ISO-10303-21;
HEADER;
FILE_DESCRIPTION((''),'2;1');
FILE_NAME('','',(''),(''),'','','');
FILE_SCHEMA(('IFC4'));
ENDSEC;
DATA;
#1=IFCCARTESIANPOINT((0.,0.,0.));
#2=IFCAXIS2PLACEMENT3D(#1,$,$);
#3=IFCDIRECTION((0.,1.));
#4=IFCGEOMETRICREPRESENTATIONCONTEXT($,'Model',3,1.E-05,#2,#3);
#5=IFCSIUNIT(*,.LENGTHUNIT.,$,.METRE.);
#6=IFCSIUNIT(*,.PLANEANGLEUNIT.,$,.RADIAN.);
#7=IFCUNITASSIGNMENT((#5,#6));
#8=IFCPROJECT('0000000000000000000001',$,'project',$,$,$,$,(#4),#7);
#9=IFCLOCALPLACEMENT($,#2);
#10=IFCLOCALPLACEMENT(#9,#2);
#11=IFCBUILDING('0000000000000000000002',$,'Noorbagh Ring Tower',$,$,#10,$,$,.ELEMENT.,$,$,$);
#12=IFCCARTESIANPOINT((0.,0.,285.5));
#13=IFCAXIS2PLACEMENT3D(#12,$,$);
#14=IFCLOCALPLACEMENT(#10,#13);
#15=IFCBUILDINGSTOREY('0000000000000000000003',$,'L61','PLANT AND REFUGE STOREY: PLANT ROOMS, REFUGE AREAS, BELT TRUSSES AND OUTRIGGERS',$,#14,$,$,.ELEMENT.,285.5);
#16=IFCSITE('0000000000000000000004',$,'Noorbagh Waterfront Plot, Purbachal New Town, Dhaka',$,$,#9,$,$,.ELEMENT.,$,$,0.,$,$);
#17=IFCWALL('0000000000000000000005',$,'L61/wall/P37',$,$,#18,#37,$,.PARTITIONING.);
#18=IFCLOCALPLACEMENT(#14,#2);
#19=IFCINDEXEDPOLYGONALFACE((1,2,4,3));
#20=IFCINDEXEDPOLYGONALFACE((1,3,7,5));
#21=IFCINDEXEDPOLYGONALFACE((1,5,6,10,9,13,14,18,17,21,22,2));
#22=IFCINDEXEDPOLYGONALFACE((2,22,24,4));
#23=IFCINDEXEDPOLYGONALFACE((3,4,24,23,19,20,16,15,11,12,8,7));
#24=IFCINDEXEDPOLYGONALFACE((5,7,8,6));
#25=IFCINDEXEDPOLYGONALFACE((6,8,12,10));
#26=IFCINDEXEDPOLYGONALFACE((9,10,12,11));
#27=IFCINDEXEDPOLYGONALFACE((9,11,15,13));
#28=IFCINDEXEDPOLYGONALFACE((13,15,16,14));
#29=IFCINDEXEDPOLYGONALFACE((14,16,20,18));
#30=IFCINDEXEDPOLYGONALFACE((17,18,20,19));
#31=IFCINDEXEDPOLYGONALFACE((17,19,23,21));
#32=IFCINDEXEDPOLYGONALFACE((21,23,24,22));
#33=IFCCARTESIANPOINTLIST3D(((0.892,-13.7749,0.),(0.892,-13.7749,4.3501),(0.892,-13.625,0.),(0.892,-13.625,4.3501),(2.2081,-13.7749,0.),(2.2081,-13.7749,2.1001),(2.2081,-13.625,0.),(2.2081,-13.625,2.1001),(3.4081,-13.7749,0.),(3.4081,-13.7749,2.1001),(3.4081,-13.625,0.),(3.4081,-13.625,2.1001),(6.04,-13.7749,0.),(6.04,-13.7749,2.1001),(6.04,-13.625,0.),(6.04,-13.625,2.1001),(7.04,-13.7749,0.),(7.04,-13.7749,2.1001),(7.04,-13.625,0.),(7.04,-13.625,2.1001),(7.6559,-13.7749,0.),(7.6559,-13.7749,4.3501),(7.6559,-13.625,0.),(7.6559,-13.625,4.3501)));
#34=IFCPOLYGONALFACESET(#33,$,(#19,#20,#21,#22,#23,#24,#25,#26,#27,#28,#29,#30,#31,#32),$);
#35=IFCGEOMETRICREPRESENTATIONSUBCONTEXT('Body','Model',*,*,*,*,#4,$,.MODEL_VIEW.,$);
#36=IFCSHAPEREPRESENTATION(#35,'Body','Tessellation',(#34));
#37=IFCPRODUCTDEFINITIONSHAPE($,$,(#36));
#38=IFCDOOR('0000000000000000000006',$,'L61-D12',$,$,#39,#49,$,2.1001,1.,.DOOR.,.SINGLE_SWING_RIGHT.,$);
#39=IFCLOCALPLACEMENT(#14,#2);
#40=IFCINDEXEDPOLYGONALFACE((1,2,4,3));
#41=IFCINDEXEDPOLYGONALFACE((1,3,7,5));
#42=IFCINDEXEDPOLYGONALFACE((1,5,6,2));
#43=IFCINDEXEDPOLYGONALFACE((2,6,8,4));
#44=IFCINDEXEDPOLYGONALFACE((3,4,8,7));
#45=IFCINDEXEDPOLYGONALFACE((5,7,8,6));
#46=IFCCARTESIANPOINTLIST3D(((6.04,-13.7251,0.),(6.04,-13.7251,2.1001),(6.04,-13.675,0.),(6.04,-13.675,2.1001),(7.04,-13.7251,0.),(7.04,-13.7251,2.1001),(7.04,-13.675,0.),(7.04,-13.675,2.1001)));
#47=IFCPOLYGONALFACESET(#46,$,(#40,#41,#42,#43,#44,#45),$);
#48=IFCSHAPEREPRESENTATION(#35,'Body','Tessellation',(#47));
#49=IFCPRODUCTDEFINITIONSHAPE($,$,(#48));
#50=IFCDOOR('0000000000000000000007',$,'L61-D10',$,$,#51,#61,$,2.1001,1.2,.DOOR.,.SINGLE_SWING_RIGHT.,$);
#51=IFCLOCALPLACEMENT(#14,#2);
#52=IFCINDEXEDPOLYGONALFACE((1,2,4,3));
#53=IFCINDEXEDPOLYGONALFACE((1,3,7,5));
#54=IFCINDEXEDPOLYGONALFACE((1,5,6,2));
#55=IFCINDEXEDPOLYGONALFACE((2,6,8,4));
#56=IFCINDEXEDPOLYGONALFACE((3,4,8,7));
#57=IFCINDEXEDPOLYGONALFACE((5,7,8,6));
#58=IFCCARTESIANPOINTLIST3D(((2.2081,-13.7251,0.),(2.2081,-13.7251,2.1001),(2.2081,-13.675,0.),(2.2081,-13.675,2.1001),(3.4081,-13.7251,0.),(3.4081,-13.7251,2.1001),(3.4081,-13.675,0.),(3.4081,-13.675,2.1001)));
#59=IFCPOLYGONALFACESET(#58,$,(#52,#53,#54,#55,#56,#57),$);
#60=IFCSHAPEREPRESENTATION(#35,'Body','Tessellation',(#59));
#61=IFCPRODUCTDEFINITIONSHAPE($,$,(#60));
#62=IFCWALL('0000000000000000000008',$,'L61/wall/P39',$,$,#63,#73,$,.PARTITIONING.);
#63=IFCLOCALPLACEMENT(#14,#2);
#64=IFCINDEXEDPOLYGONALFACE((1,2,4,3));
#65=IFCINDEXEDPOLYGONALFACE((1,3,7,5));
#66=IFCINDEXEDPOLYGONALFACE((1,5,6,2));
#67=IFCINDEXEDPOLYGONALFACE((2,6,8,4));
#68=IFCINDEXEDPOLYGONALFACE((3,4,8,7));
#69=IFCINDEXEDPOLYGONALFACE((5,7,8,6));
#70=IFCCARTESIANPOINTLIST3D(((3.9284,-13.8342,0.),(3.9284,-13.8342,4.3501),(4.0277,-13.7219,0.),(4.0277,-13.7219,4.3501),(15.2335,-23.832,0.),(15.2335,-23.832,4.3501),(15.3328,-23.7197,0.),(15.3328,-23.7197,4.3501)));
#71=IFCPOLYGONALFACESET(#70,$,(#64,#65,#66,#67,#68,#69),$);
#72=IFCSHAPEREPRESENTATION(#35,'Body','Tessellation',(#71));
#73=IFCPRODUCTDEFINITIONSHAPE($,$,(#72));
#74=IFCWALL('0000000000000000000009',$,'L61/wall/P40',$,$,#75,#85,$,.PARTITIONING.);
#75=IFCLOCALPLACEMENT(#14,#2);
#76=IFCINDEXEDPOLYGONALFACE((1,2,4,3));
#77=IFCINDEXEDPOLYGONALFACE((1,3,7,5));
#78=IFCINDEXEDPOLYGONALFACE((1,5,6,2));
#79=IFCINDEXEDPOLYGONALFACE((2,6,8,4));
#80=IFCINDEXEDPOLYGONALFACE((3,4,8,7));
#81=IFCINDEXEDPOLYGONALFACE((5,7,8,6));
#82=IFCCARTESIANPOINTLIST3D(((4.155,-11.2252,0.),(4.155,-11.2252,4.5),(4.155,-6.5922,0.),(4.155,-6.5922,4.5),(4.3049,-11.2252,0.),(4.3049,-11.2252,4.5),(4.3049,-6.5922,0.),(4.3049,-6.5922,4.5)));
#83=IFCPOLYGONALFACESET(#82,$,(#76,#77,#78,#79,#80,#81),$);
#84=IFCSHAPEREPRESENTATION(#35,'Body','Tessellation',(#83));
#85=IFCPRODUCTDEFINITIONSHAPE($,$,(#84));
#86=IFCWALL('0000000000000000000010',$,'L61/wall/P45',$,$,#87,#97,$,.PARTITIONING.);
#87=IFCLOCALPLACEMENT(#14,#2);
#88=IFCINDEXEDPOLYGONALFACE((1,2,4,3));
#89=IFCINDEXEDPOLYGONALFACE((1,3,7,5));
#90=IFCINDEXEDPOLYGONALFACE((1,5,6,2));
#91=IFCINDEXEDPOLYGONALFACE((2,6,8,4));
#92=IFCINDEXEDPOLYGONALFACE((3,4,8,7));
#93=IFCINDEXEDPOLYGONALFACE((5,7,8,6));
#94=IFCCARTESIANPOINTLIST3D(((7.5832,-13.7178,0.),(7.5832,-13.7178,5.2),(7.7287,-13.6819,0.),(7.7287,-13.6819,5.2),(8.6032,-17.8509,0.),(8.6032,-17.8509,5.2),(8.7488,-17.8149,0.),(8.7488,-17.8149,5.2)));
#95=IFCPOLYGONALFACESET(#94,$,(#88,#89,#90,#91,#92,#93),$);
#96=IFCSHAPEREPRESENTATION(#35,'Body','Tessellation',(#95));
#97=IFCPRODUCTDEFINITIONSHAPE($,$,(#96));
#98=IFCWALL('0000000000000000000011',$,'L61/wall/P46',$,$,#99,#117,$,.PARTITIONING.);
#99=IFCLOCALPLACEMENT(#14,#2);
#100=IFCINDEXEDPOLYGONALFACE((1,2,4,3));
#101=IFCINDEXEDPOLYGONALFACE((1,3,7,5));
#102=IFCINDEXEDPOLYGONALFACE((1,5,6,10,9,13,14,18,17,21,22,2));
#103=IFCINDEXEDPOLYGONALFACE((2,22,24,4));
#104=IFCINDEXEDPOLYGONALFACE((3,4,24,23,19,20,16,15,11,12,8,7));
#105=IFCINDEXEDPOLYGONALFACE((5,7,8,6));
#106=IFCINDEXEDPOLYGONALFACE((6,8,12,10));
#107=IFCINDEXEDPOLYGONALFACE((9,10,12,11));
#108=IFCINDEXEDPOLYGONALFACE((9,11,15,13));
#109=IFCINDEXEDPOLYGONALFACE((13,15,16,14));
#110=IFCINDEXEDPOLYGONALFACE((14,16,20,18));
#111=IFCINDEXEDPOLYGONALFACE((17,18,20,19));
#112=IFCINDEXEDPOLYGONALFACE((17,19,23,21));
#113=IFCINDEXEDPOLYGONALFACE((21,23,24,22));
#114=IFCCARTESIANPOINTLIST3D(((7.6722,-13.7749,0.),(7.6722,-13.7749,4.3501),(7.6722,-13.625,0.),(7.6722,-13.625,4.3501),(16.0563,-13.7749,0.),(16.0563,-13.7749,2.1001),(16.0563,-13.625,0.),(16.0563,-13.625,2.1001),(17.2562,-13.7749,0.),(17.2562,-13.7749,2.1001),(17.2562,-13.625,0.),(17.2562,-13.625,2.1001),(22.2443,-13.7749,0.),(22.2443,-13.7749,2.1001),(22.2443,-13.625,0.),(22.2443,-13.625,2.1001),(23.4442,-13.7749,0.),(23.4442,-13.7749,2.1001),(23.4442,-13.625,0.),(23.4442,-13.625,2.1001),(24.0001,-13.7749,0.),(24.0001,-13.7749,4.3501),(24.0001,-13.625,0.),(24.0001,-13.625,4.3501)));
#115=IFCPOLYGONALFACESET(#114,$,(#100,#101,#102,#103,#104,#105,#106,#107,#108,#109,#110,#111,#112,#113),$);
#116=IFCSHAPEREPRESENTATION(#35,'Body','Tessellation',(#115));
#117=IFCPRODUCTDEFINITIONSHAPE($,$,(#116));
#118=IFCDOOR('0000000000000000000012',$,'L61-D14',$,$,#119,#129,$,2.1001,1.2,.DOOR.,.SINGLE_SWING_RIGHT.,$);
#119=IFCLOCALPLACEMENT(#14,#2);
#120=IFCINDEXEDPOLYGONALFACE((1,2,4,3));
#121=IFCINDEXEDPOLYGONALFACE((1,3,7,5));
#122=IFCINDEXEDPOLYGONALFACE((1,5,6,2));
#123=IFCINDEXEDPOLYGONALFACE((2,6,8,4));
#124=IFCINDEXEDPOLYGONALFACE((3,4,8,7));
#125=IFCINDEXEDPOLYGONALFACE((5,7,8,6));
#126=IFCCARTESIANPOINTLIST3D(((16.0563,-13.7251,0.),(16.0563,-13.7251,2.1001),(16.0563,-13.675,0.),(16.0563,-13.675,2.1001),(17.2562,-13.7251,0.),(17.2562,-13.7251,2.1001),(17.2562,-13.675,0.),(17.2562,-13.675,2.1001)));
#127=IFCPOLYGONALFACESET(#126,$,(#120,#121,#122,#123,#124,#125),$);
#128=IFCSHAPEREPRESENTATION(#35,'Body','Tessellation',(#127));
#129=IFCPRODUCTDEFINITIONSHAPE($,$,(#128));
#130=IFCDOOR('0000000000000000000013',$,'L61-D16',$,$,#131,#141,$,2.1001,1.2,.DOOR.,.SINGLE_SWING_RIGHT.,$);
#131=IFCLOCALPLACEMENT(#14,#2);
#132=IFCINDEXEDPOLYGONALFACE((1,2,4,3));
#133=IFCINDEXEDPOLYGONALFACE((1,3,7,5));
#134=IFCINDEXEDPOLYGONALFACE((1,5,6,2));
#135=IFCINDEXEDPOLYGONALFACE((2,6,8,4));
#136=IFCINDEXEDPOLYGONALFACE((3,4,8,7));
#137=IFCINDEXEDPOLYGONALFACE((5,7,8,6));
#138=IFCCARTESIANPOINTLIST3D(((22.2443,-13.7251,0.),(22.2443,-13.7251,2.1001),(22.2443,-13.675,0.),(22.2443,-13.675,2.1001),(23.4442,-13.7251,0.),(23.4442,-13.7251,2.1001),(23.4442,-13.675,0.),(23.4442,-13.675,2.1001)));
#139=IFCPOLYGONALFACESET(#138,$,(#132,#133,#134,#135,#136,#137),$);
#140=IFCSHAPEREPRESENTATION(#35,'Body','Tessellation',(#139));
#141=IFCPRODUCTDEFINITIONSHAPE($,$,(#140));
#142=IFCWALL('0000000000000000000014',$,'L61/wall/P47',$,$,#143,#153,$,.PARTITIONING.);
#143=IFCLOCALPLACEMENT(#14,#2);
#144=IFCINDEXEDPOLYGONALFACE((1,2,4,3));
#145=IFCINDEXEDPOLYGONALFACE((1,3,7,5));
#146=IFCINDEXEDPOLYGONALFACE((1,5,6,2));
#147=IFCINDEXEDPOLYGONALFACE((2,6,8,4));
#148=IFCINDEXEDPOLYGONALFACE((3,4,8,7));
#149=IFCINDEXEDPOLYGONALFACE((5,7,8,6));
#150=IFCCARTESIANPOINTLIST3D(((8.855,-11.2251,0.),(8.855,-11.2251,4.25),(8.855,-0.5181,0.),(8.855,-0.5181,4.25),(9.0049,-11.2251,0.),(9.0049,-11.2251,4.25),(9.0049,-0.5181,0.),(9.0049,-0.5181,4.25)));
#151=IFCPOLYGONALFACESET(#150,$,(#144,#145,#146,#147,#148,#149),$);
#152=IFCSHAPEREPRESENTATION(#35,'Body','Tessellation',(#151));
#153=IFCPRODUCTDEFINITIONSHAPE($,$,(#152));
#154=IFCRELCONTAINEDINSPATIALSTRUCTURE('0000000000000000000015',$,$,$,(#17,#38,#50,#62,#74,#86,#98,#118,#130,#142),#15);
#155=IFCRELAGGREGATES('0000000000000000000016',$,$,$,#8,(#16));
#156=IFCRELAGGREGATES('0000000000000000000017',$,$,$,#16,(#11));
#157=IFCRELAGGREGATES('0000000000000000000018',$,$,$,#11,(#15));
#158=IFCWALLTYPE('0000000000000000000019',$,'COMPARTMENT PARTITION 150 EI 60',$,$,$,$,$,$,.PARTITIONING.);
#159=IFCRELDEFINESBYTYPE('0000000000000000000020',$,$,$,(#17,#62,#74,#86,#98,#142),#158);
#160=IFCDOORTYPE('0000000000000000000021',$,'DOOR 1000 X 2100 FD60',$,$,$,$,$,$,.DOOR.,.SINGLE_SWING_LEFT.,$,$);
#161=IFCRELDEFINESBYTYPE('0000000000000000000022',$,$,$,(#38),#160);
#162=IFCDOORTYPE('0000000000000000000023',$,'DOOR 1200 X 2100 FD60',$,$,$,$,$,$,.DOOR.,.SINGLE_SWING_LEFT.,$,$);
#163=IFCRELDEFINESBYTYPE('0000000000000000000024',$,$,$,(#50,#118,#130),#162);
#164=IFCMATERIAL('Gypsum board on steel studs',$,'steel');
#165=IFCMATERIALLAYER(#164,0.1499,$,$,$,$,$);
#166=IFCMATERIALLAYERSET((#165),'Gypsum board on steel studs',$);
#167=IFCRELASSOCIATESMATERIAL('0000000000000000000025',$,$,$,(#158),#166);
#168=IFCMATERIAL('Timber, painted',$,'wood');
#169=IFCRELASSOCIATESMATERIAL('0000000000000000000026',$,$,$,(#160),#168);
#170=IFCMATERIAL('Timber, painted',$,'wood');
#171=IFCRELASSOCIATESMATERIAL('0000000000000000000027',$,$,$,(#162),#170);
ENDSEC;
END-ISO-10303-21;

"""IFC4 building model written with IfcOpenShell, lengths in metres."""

from ifc_helpers import new_model, si_unit, direction, frame, frame_2d, origin, place, context, subcontext, project, spatial, rectangle, extrude, material, layer, layer_set, type_object, element, fill, save


model = new_model("IFC4")

# Units and contexts
model_context = context("Model", 3, precision=1e-05, world=origin(), true_north=direction((0.0, 1.0)))
body_context = subcontext(model_context, "Body", "Model", "MODEL_VIEW")
ifc_project = project(units=[si_unit("LENGTHUNIT", "METRE"), si_unit("PLANEANGLEUNIT", "RADIAN")], contexts=[model_context])

# Site, building, storey
site_placement = place(None, origin())
site = spatial("IfcSite", under=ifc_project, at=site_placement, Name="Noorbagh Waterfront Plot, Purbachal New Town, Dhaka", CompositionType="ELEMENT", RefElevation=0.0)
building_placement = place(site_placement, origin())
building = spatial("IfcBuilding", under=site, at=building_placement, Name="Noorbagh Ring Tower", CompositionType="ELEMENT")
storey_placement = place(building_placement, frame((0.0, 0.0, 285.5)))
storey = spatial("IfcBuildingStorey", under=building, at=storey_placement, Name="L61", Description="PLANT AND REFUGE STOREY: PLANT ROOMS, REFUGE AREAS, BELT TRUSSES AND OUTRIGGERS", CompositionType="ELEMENT", Elevation=285.5)

# Shared definitions
ifc_material_1 = material(Name="Gypsum board on steel studs", Category="steel")
ifc_layer = layer(ifc_material_1, 0.1499)
ifc_layer_set = layer_set([ifc_layer], Name="Gypsum board on steel studs")
wall_type = type_object("IfcWallType", Name="COMPARTMENT PARTITION 150 EI 60", PredefinedType="PARTITIONING", material=ifc_layer_set)

# Wall, openings, doors
wall_1_placement = place(storey_placement, frame((0.8921, -13.7, 0.0), z_axis=(0.0, 0.0, 1.0), x_axis=(1.0, 0.0, 0.0)))
wall_1 = element("IfcWall", 1, at=wall_1_placement, inside=storey, type_object=wall_type, Name="L61/wall/P37", PredefinedType="PARTITIONING", context=body_context, shape_type="SweptSolid", body=[
    extrude(rectangle(XDim=6.7639, YDim=0.1499, at=frame_2d((3.3818, 0.0))), origin(), (0.0, 0.0, 1.0), 4.3501),
])
opening_1_placement = place(wall_1_placement, frame((1.3159, 0.0, 0.0)))
opening_1 = element("IfcOpeningElement", 2, at=opening_1_placement, cuts=wall_1, PredefinedType="OPENING", context=body_context, shape_type="SweptSolid", body=[
    extrude(rectangle(XDim=1.2, YDim=2.1001, at=frame_2d((0.6001, 1.05))), frame((0.0, 0.085, 0.0), z_axis=(0.0, -1.0, 0.0), x_axis=(1.0, 0.0, 0.0)), (0.0, 0.0, 1.0), 0.1699),
])
opening_2_placement = place(wall_1_placement, frame((5.1479, 0.0, 0.0)))
opening_2 = element("IfcOpeningElement", 3, at=opening_2_placement, cuts=wall_1, PredefinedType="OPENING", context=body_context, shape_type="SweptSolid", body=[
    extrude(rectangle(XDim=1.0, YDim=2.1001, at=frame_2d((0.5, 1.05))), frame((0.0, 0.085, 0.0), z_axis=(0.0, -1.0, 0.0), x_axis=(1.0, 0.0, 0.0)), (0.0, 0.0, 1.0), 0.1699),
])
ifc_material_2 = material(Name="Timber, painted", Category="wood")
door_type_1 = type_object("IfcDoorType", Name="DOOR 1000 X 2100 FD60", OperationType="SINGLE_SWING_LEFT", PredefinedType="DOOR", material=ifc_material_2)
door_1_placement = place(opening_2_placement, origin())
door_1 = element("IfcDoor", 4, at=door_1_placement, inside=storey, type_object=door_type_1, Name="L61-D12", OperationType="SINGLE_SWING_RIGHT", OverallHeight=2.1001, OverallWidth=1.0, PredefinedType="DOOR", context=body_context, shape_type="SweptSolid", body=[
    extrude(rectangle(XDim=1.0, YDim=2.1001, at=frame_2d((0.5, 1.05))), frame((0.0, 0.0249, 0.0), z_axis=(0.0, -1.0, 0.0), x_axis=(1.0, 0.0, 0.0)), (0.0, 0.0, 1.0), 0.05),
])
fill(opening_2, door_1)
ifc_material_3 = material(Name="Timber, painted", Category="wood")
door_type_2 = type_object("IfcDoorType", Name="DOOR 1200 X 2100 FD60", OperationType="SINGLE_SWING_LEFT", PredefinedType="DOOR", material=ifc_material_3)
door_2_placement = place(opening_1_placement, origin())
door_2 = element("IfcDoor", 5, at=door_2_placement, inside=storey, type_object=door_type_2, Name="L61-D10", OperationType="SINGLE_SWING_RIGHT", OverallHeight=2.1001, OverallWidth=1.2, PredefinedType="DOOR", context=body_context, shape_type="SweptSolid", body=[
    extrude(rectangle(XDim=1.2, YDim=2.1001, at=frame_2d((0.6001, 1.05))), frame((0.0, 0.0249, 0.0), z_axis=(0.0, -1.0, 0.0), x_axis=(1.0, 0.0, 0.0)), (0.0, 0.0, 1.0), 0.05),
])
fill(opening_1, door_2)

# Walls
wall_2_placement = place(storey_placement, frame((3.978, -13.7781, 0.0), z_axis=(0.0, 0.0, 1.0), x_axis=(0.749093, -0.662465, 0.0)))
element("IfcWall", 6, at=wall_2_placement, inside=storey, type_object=wall_type, Name="L61/wall/P39", PredefinedType="PARTITIONING", context=body_context, shape_type="SweptSolid", body=[
    extrude(rectangle(XDim=15.0918, YDim=0.1499, at=frame_2d((7.5459, 0.0))), origin(), (0.0, 0.0, 1.0), 4.3501),
])
wall_3_placement = place(storey_placement, frame((4.23, -11.2251, 0.0), z_axis=(0.0, 0.0, 1.0), x_axis=(0.0, 1.0, 0.0)))
element("IfcWall", 7, at=wall_3_placement, inside=storey, type_object=wall_type, Name="L61/wall/P40", PredefinedType="PARTITIONING", context=body_context, shape_type="SweptSolid", body=[
    extrude(rectangle(XDim=4.6331, YDim=0.1499, at=frame_2d((2.3164, 0.0))), origin(), (0.0, 0.0, 1.0), 4.5),
])
wall_4_placement = place(storey_placement, frame((7.656, -13.7, 0.0), z_axis=(0.0, 0.0, 1.0), x_axis=(0.239606, -0.97087, 0.0)))
element("IfcWall", 8, at=wall_4_placement, inside=storey, type_object=wall_type, Name="L61/wall/P45", PredefinedType="PARTITIONING", context=body_context, shape_type="SweptSolid", body=[
    extrude(rectangle(XDim=4.2571, YDim=0.1499, at=frame_2d((2.1284, 0.0))), origin(), (0.0, 0.0, 1.0), 5.2),
])

# Wall, openings, doors
wall_5_placement = place(storey_placement, frame((7.6721, -13.7, 0.0), z_axis=(0.0, 0.0, 1.0), x_axis=(1.0, 0.0, 0.0)))
wall_5 = element("IfcWall", 9, at=wall_5_placement, inside=storey, type_object=wall_type, Name="L61/wall/P46", PredefinedType="PARTITIONING", context=body_context, shape_type="SweptSolid", body=[
    extrude(rectangle(XDim=16.3279, YDim=0.1499, at=frame_2d((8.1641, 0.0))), origin(), (0.0, 0.0, 1.0), 4.3501),
])
opening_3_placement = place(wall_5_placement, frame((8.384, 0.0, 0.0)))
opening_3 = element("IfcOpeningElement", 10, at=opening_3_placement, cuts=wall_5, PredefinedType="OPENING", context=body_context, shape_type="SweptSolid", body=[
    extrude(rectangle(XDim=1.2, YDim=2.1001, at=frame_2d((0.6001, 1.05))), frame((0.0, 0.085, 0.0), z_axis=(0.0, -1.0, 0.0), x_axis=(1.0, 0.0, 0.0)), (0.0, 0.0, 1.0), 0.1699),
])
opening_4_placement = place(wall_5_placement, frame((14.572, 0.0, 0.0)))
opening_4 = element("IfcOpeningElement", 11, at=opening_4_placement, cuts=wall_5, PredefinedType="OPENING", context=body_context, shape_type="SweptSolid", body=[
    extrude(rectangle(XDim=1.2, YDim=2.1001, at=frame_2d((0.6001, 1.05))), frame((0.0, 0.085, 0.0), z_axis=(0.0, -1.0, 0.0), x_axis=(1.0, 0.0, 0.0)), (0.0, 0.0, 1.0), 0.1699),
])
door_3_placement = place(opening_3_placement, origin())
door_3 = element("IfcDoor", 12, at=door_3_placement, inside=storey, type_object=door_type_2, Name="L61-D14", OperationType="SINGLE_SWING_RIGHT", OverallHeight=2.1001, OverallWidth=1.2, PredefinedType="DOOR", context=body_context, shape_type="SweptSolid", body=[
    extrude(rectangle(XDim=1.2, YDim=2.1001, at=frame_2d((0.6001, 1.05))), frame((0.0, 0.0249, 0.0), z_axis=(0.0, -1.0, 0.0), x_axis=(1.0, 0.0, 0.0)), (0.0, 0.0, 1.0), 0.05),
])
fill(opening_3, door_3)
door_4_placement = place(opening_4_placement, origin())
door_4 = element("IfcDoor", 13, at=door_4_placement, inside=storey, type_object=door_type_2, Name="L61-D16", OperationType="SINGLE_SWING_RIGHT", OverallHeight=2.1001, OverallWidth=1.2, PredefinedType="DOOR", context=body_context, shape_type="SweptSolid", body=[
    extrude(rectangle(XDim=1.2, YDim=2.1001, at=frame_2d((0.6001, 1.05))), frame((0.0, 0.0249, 0.0), z_axis=(0.0, -1.0, 0.0), x_axis=(1.0, 0.0, 0.0)), (0.0, 0.0, 1.0), 0.05),
])
fill(opening_4, door_4)

# Wall
wall_6_placement = place(storey_placement, frame((8.9299, -11.2251, 0.0), z_axis=(0.0, 0.0, 1.0), x_axis=(0.0, 1.0, 0.0)))
element("IfcWall", 14, at=wall_6_placement, inside=storey, type_object=wall_type, Name="L61/wall/P47", PredefinedType="PARTITIONING", context=body_context, shape_type="SweptSolid", body=[
    extrude(rectangle(XDim=10.707, YDim=0.1499, at=frame_2d((5.3535, 0.0))), origin(), (0.0, 0.0, 1.0), 4.25),
])

save(model, "model.ifc")
